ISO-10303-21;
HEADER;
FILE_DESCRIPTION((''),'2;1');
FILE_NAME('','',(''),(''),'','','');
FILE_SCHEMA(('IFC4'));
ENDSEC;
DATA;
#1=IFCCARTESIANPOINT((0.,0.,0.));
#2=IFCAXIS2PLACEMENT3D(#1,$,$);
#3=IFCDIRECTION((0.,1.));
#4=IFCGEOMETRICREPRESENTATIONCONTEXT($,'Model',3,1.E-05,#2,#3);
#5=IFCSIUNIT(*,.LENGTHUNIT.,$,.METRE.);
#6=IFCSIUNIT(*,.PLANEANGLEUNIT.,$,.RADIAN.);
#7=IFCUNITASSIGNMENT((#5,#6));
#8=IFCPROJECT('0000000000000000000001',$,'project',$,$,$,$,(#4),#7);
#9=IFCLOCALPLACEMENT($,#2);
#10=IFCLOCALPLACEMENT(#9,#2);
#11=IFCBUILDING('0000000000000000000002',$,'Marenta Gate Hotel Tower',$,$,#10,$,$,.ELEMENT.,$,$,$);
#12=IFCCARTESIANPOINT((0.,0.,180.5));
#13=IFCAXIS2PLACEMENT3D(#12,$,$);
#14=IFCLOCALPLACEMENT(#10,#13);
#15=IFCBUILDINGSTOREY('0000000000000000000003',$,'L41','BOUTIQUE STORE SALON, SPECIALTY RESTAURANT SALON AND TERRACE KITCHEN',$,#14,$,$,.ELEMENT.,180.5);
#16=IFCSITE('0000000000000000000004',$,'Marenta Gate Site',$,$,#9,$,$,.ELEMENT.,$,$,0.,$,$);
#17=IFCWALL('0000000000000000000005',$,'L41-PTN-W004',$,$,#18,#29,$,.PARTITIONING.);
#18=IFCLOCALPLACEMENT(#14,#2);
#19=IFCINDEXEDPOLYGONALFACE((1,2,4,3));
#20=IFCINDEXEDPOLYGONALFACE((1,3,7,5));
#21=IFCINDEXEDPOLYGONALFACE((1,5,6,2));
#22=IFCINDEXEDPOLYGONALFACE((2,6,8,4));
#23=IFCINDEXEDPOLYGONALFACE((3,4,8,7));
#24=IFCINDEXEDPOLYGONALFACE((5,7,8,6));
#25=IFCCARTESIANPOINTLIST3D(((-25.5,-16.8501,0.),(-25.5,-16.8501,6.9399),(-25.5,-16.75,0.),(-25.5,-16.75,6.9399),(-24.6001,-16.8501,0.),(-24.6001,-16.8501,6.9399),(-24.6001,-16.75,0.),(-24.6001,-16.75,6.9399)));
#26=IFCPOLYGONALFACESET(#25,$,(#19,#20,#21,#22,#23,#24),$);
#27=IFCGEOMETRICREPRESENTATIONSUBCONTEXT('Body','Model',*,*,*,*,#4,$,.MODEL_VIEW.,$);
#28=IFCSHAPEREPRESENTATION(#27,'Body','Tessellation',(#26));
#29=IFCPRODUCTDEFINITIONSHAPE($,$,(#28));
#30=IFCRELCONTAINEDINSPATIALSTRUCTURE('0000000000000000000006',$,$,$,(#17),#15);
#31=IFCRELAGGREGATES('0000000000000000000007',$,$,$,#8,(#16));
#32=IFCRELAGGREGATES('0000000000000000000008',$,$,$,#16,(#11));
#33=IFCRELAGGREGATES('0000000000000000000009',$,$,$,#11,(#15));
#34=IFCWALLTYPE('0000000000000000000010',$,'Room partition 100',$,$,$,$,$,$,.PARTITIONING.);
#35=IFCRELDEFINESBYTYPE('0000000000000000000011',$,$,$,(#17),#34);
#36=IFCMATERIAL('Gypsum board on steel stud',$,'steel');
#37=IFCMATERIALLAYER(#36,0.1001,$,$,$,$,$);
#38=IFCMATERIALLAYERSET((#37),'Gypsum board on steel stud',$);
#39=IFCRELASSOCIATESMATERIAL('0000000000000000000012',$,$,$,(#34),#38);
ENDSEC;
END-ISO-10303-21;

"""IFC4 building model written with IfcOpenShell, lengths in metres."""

from ifc_helpers import new_model, si_unit, direction, frame, frame_2d, origin, place, context, subcontext, project, spatial, rectangle, extrude, material, layer, layer_set, type_object, element, save


model = new_model("IFC4")

# Units and contexts
model_context = context("Model", 3, precision=1e-05, world=origin(), true_north=direction((0.0, 1.0)))
body_context = subcontext(model_context, "Body", "Model", "MODEL_VIEW")
ifc_project = project(units=[si_unit("LENGTHUNIT", "METRE"), si_unit("PLANEANGLEUNIT", "RADIAN")], contexts=[model_context])

# Site, building, storey
site_placement = place(None, origin())
site = spatial("IfcSite", under=ifc_project, at=site_placement, Name="Marenta Gate Site", CompositionType="ELEMENT", RefElevation=0.0)
building_placement = place(site_placement, origin())
building = spatial("IfcBuilding", under=site, at=building_placement, Name="Marenta Gate Hotel Tower", CompositionType="ELEMENT")
storey_placement = place(building_placement, frame((0.0, 0.0, 180.5)))
storey = spatial("IfcBuildingStorey", under=building, at=storey_placement, Name="L41", Description="BOUTIQUE STORE SALON, SPECIALTY RESTAURANT SALON AND TERRACE KITCHEN", CompositionType="ELEMENT", Elevation=180.5)

# Wall
ifc_material_1 = material(Name="Gypsum board on steel stud", Category="steel")
ifc_layer_1 = layer(ifc_material_1, 0.1001)
ifc_layer_set_1 = layer_set([ifc_layer_1], Name="Gypsum board on steel stud")
wall_type = type_object("IfcWallType", Name="Room partition 100", PredefinedType="PARTITIONING", material=ifc_layer_set_1)
wall_placement = place(storey_placement, frame((-25.5, -16.8, 0.0), z_axis=(0.0, 0.0, 1.0), x_axis=(1.0, 0.0, 0.0)))
element("IfcWall", 1, at=wall_placement, inside=storey, type_object=wall_type, Name="L41-PTN-W004", PredefinedType="PARTITIONING", context=body_context, shape_type="SweptSolid", body=[
    extrude(rectangle(XDim=0.8999, YDim=0.1001, at=frame_2d((0.45, 0.0))), origin(), (0.0, 0.0, 1.0), 6.9399),
])

save(model, "model.ifc")
